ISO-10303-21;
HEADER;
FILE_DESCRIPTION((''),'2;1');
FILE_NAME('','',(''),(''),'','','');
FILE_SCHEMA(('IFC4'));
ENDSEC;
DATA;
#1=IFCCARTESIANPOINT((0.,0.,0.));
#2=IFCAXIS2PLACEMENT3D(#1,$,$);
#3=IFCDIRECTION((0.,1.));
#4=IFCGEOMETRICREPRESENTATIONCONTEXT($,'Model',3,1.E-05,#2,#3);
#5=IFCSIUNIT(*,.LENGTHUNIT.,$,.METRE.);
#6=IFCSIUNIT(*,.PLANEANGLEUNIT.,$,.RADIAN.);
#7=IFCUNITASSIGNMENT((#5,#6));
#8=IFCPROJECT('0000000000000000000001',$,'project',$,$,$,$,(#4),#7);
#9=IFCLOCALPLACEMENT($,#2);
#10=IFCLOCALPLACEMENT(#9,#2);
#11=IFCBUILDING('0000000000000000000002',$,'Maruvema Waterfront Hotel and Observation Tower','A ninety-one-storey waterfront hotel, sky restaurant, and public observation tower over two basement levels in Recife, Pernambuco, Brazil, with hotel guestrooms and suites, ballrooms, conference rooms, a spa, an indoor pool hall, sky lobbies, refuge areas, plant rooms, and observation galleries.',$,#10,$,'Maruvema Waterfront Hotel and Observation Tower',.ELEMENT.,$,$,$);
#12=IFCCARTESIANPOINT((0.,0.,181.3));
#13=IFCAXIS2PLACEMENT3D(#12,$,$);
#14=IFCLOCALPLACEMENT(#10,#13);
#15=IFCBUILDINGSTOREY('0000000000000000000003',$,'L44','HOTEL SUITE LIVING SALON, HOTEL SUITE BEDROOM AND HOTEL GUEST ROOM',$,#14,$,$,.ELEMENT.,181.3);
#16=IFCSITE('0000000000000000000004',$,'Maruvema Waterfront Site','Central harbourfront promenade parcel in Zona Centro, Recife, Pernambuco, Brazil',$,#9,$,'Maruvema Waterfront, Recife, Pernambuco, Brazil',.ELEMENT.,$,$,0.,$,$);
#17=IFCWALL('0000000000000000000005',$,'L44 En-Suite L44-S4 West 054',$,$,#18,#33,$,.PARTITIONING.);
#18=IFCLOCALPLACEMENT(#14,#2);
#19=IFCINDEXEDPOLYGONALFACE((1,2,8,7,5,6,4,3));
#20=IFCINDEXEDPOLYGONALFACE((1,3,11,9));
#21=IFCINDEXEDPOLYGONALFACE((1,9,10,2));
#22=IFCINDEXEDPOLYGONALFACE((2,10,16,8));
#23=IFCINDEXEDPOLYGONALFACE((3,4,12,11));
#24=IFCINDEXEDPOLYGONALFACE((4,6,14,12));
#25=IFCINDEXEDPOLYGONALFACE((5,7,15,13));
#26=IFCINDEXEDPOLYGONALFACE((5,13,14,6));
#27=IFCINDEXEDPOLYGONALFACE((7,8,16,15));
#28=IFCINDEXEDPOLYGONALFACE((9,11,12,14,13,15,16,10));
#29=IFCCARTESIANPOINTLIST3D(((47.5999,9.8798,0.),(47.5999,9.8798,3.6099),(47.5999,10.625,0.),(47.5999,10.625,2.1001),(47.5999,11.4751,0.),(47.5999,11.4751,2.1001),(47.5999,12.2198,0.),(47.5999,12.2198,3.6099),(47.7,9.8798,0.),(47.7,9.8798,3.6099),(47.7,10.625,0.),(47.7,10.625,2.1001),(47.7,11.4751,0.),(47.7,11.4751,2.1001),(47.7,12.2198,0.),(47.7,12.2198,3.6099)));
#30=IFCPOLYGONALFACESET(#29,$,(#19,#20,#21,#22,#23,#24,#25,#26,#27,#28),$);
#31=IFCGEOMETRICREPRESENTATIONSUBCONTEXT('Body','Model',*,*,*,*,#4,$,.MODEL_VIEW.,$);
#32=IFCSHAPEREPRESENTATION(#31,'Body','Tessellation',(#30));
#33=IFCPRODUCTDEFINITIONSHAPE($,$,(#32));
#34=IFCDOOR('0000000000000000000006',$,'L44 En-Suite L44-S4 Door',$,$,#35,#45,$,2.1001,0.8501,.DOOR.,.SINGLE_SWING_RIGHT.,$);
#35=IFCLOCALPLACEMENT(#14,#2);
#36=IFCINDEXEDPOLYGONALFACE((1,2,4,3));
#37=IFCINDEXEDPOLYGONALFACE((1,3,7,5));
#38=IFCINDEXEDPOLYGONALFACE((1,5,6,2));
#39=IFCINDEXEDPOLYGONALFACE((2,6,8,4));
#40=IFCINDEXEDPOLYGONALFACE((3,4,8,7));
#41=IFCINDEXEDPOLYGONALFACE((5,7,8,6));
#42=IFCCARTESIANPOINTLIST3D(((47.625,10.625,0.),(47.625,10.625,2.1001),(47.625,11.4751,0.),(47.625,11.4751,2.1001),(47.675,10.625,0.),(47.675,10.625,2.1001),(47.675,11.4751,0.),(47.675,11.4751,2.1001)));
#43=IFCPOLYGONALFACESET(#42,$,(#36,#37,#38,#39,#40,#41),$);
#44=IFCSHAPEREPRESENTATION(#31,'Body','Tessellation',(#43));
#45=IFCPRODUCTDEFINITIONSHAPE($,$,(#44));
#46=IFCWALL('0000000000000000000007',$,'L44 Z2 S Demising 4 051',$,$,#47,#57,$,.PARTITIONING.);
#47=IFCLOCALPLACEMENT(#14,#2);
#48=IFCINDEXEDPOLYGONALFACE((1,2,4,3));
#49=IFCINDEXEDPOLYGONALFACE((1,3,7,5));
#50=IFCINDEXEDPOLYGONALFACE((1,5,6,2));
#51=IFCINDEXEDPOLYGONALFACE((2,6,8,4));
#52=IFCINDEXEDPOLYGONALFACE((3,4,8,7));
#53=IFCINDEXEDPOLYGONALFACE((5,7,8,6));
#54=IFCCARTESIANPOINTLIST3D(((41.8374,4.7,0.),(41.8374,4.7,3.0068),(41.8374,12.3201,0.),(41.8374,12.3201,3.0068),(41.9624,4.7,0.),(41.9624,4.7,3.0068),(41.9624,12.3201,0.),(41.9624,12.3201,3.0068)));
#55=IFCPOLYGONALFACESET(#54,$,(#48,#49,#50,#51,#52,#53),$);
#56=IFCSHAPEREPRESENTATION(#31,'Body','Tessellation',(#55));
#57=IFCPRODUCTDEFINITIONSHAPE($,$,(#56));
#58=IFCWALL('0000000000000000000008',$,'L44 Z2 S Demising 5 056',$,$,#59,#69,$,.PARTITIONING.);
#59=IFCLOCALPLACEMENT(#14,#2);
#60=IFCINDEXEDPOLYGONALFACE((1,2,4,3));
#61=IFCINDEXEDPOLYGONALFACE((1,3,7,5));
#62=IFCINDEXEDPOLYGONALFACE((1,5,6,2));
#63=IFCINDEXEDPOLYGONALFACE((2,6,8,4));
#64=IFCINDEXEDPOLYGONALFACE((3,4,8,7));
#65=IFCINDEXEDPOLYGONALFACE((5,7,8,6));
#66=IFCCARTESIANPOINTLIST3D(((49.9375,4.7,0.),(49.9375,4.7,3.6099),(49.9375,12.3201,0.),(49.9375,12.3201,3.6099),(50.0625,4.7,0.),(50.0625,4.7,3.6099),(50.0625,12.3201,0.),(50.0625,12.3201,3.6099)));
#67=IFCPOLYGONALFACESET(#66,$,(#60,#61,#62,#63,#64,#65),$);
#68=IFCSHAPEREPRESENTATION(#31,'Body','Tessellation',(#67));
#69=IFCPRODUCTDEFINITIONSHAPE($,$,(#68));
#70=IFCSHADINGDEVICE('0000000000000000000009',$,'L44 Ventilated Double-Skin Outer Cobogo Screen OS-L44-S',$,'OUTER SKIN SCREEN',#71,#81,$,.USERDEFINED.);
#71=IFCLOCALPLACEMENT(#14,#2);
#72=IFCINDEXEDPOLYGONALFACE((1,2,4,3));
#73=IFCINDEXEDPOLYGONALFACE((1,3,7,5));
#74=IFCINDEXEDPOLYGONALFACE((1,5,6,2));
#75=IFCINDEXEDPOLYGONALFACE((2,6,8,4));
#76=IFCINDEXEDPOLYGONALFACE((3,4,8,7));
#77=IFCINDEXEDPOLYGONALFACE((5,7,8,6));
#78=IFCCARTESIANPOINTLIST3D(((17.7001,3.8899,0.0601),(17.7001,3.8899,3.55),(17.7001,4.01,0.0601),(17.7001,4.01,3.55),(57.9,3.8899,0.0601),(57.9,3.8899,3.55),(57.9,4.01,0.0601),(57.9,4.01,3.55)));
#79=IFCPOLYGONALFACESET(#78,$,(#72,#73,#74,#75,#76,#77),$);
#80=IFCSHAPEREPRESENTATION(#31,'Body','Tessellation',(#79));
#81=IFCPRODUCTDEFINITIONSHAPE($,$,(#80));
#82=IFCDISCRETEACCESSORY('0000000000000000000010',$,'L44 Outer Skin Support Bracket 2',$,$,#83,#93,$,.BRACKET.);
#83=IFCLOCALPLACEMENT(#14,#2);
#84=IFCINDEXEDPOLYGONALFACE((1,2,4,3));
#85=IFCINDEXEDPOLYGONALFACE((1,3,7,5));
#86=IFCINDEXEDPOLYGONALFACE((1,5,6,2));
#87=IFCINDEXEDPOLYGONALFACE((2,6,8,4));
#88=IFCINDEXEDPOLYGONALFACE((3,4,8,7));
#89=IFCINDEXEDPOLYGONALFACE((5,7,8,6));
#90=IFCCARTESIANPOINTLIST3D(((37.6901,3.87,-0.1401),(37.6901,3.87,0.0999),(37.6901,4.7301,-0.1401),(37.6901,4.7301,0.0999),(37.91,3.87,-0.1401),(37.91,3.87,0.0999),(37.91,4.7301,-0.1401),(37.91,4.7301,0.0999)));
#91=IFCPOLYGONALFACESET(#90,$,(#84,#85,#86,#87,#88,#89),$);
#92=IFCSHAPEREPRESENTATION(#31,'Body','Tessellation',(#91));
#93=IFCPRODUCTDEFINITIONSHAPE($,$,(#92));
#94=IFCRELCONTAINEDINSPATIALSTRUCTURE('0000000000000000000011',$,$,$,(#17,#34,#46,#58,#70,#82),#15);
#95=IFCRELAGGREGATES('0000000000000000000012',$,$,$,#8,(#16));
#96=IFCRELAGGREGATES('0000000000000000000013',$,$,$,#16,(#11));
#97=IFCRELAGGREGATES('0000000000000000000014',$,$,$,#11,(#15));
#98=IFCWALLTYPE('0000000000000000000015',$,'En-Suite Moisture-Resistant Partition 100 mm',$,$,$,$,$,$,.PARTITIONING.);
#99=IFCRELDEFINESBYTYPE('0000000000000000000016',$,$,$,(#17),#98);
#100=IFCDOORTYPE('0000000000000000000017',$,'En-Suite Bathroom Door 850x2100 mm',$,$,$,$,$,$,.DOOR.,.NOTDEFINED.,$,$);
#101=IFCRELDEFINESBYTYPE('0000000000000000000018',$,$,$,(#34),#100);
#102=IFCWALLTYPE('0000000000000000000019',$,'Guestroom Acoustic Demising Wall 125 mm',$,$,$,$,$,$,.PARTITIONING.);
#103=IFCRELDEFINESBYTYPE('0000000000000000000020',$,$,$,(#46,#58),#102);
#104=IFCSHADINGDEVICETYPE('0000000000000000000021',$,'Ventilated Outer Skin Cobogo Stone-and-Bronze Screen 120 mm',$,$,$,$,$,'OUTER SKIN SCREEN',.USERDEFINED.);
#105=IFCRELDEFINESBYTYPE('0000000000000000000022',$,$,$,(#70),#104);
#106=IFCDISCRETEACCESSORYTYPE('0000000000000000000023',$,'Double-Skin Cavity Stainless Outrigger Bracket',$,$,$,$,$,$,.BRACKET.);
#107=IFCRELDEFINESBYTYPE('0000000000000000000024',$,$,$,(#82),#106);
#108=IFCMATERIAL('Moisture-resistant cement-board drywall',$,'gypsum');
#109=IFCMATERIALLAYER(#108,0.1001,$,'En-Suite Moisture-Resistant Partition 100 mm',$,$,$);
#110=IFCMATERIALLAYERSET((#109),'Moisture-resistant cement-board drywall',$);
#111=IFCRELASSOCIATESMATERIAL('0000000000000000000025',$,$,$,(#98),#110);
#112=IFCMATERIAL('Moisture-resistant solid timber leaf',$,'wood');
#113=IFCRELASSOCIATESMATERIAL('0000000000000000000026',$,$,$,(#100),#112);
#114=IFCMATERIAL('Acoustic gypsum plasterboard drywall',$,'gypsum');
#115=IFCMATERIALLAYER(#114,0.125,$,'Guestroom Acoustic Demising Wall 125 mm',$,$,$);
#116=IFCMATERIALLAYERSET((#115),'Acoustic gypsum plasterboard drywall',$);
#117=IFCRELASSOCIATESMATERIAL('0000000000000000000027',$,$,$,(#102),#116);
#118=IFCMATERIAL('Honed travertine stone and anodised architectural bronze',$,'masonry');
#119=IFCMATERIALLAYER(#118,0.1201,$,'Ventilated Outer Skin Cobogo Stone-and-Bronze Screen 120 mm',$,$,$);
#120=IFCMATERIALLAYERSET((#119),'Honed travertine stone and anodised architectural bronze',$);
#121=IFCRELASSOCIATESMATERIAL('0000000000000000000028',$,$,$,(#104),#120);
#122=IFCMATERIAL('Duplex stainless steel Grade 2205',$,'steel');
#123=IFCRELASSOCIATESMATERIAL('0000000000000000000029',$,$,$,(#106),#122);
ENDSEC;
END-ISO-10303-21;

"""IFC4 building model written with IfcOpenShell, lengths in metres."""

from ifc_helpers import new_model, si_unit, direction, frame, frame_2d, origin, origin_2d, place, context, subcontext, project, spatial, rectangle, extrude, material, layer, layer_set, type_object, element, fill, save


model = new_model("IFC4")

# Units and contexts
model_context = context("Model", 3, precision=1e-05, world=origin(), true_north=direction((0.0, 1.0)))
body_context = subcontext(model_context, "Body", "Model", "MODEL_VIEW")
ifc_project = project(units=[si_unit("LENGTHUNIT", "METRE"), si_unit("PLANEANGLEUNIT", "RADIAN")], contexts=[model_context])

# Site, building, storey
site_placement = place(None, origin())
site = spatial("IfcSite", under=ifc_project, at=site_placement, Name="Maruvema Waterfront Site", Description="Central harbourfront promenade parcel in Zona Centro, Recife, Pernambuco, Brazil", LongName="Maruvema Waterfront, Recife, Pernambuco, Brazil", CompositionType="ELEMENT", RefElevation=0.0)
building_placement = place(site_placement, origin())
building = spatial("IfcBuilding", under=site, at=building_placement, Name="Maruvema Waterfront Hotel and Observation Tower", Description="A ninety-one-storey waterfront hotel, sky restaurant, and public observation tower over two basement levels in Recife, Pernambuco, Brazil, with hotel guestrooms and suites, ballrooms, conference rooms, a spa, an indoor pool hall, sky lobbies, refuge areas, plant rooms, and observation galleries.", LongName="Maruvema Waterfront Hotel and Observation Tower", CompositionType="ELEMENT")
storey_placement = place(building_placement, frame((0.0, 0.0, 181.3)))
storey = spatial("IfcBuildingStorey", under=building, at=storey_placement, Name="L44", Description="HOTEL SUITE LIVING SALON, HOTEL SUITE BEDROOM AND HOTEL GUEST ROOM", CompositionType="ELEMENT", Elevation=181.3)

# Shared definitions
ifc_material_1 = material(Name="Moisture-resistant cement-board drywall", Category="gypsum")
ifc_layer_1 = layer(ifc_material_1, 0.1001, Name="En-Suite Moisture-Resistant Partition 100 mm")
ifc_layer_set_1 = layer_set([ifc_layer_1], Name="Moisture-resistant cement-board drywall")
wall_type_1 = type_object("IfcWallType", Name="En-Suite Moisture-Resistant Partition 100 mm", PredefinedType="PARTITIONING", material=ifc_layer_set_1)

# Wall, opening, door
wall_1_placement = place(storey_placement, frame((47.6499, 9.8799, 0.0), z_axis=(0.0, 0.0, 1.0), x_axis=(0.0, 1.0, 0.0)))
wall_1 = element("IfcWall", 1, at=wall_1_placement, inside=storey, type_object=wall_type_1, Name="L44 En-Suite L44-S4 West 054", PredefinedType="PARTITIONING", context=body_context, shape_type="SweptSolid", body=[
    extrude(rectangle(XDim=2.3401, YDim=0.1001, at=frame_2d((1.1699, 0.0))), origin(), (0.0, 0.0, 1.0), 3.6099),
])
opening_1_placement = place(wall_1_placement, frame((0.7451, 0.0, 0.0)))
opening_1 = element("IfcOpeningElement", 2, at=opening_1_placement, cuts=wall_1, PredefinedType="OPENING", context=body_context, shape_type="SweptSolid", body=[
    extrude(rectangle(XDim=0.8501, YDim=2.1001, at=frame_2d((0.425, 1.05))), frame((0.0, 0.0601, 0.0), z_axis=(0.0, -1.0, 0.0), x_axis=(1.0, 0.0, 0.0)), (0.0, 0.0, 1.0), 0.1201),
])
ifc_material_2 = material(Name="Moisture-resistant solid timber leaf", Category="wood")
door_type_1 = type_object("IfcDoorType", Name="En-Suite Bathroom Door 850x2100 mm", OperationType="NOTDEFINED", PredefinedType="DOOR", material=ifc_material_2)
door_1_placement = place(opening_1_placement, origin())
door_1 = element("IfcDoor", 3, at=door_1_placement, inside=storey, type_object=door_type_1, Name="L44 En-Suite L44-S4 Door", OperationType="SINGLE_SWING_RIGHT", OverallHeight=2.1001, OverallWidth=0.8501, PredefinedType="DOOR", context=body_context, shape_type="SweptSolid", body=[
    extrude(rectangle(XDim=0.8501, YDim=2.1001, at=frame_2d((0.425, 1.05))), frame((0.0, 0.0249, 0.0), z_axis=(0.0, -1.0, 0.0), x_axis=(1.0, 0.0, 0.0)), (0.0, 0.0, 1.0), 0.05),
])
fill(opening_1, door_1)

# Walls
ifc_material_3 = material(Name="Acoustic gypsum plasterboard drywall", Category="gypsum")
ifc_layer_2 = layer(ifc_material_3, 0.125, Name="Guestroom Acoustic Demising Wall 125 mm")
ifc_layer_set_2 = layer_set([ifc_layer_2], Name="Acoustic gypsum plasterboard drywall")
wall_type_2 = type_object("IfcWallType", Name="Guestroom Acoustic Demising Wall 125 mm", PredefinedType="PARTITIONING", material=ifc_layer_set_2)
wall_2_placement = place(storey_placement, frame((41.8999, 4.7, 0.0), z_axis=(0.0, 0.0, 1.0), x_axis=(0.0, 1.0, 0.0)))
element("IfcWall", 4, at=wall_2_placement, inside=storey, type_object=wall_type_2, Name="L44 Z2 S Demising 4 051", PredefinedType="PARTITIONING", context=body_context, shape_type="SweptSolid", body=[
    extrude(rectangle(XDim=7.6201, YDim=0.125, at=frame_2d((3.8101, 0.0))), origin(), (0.0, 0.0, 1.0), 3.0068),
])
wall_3_placement = place(storey_placement, frame((50.0, 4.7, 0.0), z_axis=(0.0, 0.0, 1.0), x_axis=(0.0, 1.0, 0.0)))
element("IfcWall", 5, at=wall_3_placement, inside=storey, type_object=wall_type_2, Name="L44 Z2 S Demising 5 056", PredefinedType="PARTITIONING", context=body_context, shape_type="SweptSolid", body=[
    extrude(rectangle(XDim=7.6201, YDim=0.125, at=frame_2d((3.8101, 0.0))), origin(), (0.0, 0.0, 1.0), 3.6099),
])

# Shading device
ifc_material_4 = material(Name="Honed travertine stone and anodised architectural bronze", Category="masonry")
ifc_layer_3 = layer(ifc_material_4, 0.1201, Name="Ventilated Outer Skin Cobogo Stone-and-Bronze Screen 120 mm")
ifc_layer_set_3 = layer_set([ifc_layer_3], Name="Honed travertine stone and anodised architectural bronze")
shading_device_type = type_object("IfcShadingDeviceType", Name="Ventilated Outer Skin Cobogo Stone-and-Bronze Screen 120 mm", ElementType="OUTER SKIN SCREEN", PredefinedType="USERDEFINED", material=ifc_layer_set_3)
shading_device_placement = place(storey_placement, frame((37.8, 3.95, 0.0601), z_axis=(0.0, 0.0, 1.0), x_axis=(1.0, 0.0, 0.0)))
element("IfcShadingDevice", 6, at=shading_device_placement, inside=storey, type_object=shading_device_type, Name="L44 Ventilated Double-Skin Outer Cobogo Screen OS-L44-S", ObjectType="OUTER SKIN SCREEN", PredefinedType="USERDEFINED", context=body_context, shape_type="SweptSolid", body=[
    extrude(rectangle(XDim=40.2, YDim=0.1201, at=origin_2d()), origin(), (0.0, 0.0, 1.0), 3.49),
])

# Discrete accessory
ifc_material_5 = material(Name="Duplex stainless steel Grade 2205", Category="steel")
discrete_accessory_type = type_object("IfcDiscreteAccessoryType", Name="Double-Skin Cavity Stainless Outrigger Bracket", PredefinedType="BRACKET", material=ifc_material_5)
discrete_accessory_placement = place(storey_placement, frame((37.8, 4.3, -0.1401), z_axis=(0.0, 0.0, 1.0), x_axis=(1.0, 0.0, 0.0)))
element("IfcDiscreteAccessory", 7, at=discrete_accessory_placement, inside=storey, type_object=discrete_accessory_type, Name="L44 Outer Skin Support Bracket 2", PredefinedType="BRACKET", context=body_context, shape_type="SweptSolid", body=[
    extrude(rectangle(XDim=0.22, YDim=0.8601, at=origin_2d()), origin(), (0.0, 0.0, 1.0), 0.24),
])

save(model, "model.ifc")
